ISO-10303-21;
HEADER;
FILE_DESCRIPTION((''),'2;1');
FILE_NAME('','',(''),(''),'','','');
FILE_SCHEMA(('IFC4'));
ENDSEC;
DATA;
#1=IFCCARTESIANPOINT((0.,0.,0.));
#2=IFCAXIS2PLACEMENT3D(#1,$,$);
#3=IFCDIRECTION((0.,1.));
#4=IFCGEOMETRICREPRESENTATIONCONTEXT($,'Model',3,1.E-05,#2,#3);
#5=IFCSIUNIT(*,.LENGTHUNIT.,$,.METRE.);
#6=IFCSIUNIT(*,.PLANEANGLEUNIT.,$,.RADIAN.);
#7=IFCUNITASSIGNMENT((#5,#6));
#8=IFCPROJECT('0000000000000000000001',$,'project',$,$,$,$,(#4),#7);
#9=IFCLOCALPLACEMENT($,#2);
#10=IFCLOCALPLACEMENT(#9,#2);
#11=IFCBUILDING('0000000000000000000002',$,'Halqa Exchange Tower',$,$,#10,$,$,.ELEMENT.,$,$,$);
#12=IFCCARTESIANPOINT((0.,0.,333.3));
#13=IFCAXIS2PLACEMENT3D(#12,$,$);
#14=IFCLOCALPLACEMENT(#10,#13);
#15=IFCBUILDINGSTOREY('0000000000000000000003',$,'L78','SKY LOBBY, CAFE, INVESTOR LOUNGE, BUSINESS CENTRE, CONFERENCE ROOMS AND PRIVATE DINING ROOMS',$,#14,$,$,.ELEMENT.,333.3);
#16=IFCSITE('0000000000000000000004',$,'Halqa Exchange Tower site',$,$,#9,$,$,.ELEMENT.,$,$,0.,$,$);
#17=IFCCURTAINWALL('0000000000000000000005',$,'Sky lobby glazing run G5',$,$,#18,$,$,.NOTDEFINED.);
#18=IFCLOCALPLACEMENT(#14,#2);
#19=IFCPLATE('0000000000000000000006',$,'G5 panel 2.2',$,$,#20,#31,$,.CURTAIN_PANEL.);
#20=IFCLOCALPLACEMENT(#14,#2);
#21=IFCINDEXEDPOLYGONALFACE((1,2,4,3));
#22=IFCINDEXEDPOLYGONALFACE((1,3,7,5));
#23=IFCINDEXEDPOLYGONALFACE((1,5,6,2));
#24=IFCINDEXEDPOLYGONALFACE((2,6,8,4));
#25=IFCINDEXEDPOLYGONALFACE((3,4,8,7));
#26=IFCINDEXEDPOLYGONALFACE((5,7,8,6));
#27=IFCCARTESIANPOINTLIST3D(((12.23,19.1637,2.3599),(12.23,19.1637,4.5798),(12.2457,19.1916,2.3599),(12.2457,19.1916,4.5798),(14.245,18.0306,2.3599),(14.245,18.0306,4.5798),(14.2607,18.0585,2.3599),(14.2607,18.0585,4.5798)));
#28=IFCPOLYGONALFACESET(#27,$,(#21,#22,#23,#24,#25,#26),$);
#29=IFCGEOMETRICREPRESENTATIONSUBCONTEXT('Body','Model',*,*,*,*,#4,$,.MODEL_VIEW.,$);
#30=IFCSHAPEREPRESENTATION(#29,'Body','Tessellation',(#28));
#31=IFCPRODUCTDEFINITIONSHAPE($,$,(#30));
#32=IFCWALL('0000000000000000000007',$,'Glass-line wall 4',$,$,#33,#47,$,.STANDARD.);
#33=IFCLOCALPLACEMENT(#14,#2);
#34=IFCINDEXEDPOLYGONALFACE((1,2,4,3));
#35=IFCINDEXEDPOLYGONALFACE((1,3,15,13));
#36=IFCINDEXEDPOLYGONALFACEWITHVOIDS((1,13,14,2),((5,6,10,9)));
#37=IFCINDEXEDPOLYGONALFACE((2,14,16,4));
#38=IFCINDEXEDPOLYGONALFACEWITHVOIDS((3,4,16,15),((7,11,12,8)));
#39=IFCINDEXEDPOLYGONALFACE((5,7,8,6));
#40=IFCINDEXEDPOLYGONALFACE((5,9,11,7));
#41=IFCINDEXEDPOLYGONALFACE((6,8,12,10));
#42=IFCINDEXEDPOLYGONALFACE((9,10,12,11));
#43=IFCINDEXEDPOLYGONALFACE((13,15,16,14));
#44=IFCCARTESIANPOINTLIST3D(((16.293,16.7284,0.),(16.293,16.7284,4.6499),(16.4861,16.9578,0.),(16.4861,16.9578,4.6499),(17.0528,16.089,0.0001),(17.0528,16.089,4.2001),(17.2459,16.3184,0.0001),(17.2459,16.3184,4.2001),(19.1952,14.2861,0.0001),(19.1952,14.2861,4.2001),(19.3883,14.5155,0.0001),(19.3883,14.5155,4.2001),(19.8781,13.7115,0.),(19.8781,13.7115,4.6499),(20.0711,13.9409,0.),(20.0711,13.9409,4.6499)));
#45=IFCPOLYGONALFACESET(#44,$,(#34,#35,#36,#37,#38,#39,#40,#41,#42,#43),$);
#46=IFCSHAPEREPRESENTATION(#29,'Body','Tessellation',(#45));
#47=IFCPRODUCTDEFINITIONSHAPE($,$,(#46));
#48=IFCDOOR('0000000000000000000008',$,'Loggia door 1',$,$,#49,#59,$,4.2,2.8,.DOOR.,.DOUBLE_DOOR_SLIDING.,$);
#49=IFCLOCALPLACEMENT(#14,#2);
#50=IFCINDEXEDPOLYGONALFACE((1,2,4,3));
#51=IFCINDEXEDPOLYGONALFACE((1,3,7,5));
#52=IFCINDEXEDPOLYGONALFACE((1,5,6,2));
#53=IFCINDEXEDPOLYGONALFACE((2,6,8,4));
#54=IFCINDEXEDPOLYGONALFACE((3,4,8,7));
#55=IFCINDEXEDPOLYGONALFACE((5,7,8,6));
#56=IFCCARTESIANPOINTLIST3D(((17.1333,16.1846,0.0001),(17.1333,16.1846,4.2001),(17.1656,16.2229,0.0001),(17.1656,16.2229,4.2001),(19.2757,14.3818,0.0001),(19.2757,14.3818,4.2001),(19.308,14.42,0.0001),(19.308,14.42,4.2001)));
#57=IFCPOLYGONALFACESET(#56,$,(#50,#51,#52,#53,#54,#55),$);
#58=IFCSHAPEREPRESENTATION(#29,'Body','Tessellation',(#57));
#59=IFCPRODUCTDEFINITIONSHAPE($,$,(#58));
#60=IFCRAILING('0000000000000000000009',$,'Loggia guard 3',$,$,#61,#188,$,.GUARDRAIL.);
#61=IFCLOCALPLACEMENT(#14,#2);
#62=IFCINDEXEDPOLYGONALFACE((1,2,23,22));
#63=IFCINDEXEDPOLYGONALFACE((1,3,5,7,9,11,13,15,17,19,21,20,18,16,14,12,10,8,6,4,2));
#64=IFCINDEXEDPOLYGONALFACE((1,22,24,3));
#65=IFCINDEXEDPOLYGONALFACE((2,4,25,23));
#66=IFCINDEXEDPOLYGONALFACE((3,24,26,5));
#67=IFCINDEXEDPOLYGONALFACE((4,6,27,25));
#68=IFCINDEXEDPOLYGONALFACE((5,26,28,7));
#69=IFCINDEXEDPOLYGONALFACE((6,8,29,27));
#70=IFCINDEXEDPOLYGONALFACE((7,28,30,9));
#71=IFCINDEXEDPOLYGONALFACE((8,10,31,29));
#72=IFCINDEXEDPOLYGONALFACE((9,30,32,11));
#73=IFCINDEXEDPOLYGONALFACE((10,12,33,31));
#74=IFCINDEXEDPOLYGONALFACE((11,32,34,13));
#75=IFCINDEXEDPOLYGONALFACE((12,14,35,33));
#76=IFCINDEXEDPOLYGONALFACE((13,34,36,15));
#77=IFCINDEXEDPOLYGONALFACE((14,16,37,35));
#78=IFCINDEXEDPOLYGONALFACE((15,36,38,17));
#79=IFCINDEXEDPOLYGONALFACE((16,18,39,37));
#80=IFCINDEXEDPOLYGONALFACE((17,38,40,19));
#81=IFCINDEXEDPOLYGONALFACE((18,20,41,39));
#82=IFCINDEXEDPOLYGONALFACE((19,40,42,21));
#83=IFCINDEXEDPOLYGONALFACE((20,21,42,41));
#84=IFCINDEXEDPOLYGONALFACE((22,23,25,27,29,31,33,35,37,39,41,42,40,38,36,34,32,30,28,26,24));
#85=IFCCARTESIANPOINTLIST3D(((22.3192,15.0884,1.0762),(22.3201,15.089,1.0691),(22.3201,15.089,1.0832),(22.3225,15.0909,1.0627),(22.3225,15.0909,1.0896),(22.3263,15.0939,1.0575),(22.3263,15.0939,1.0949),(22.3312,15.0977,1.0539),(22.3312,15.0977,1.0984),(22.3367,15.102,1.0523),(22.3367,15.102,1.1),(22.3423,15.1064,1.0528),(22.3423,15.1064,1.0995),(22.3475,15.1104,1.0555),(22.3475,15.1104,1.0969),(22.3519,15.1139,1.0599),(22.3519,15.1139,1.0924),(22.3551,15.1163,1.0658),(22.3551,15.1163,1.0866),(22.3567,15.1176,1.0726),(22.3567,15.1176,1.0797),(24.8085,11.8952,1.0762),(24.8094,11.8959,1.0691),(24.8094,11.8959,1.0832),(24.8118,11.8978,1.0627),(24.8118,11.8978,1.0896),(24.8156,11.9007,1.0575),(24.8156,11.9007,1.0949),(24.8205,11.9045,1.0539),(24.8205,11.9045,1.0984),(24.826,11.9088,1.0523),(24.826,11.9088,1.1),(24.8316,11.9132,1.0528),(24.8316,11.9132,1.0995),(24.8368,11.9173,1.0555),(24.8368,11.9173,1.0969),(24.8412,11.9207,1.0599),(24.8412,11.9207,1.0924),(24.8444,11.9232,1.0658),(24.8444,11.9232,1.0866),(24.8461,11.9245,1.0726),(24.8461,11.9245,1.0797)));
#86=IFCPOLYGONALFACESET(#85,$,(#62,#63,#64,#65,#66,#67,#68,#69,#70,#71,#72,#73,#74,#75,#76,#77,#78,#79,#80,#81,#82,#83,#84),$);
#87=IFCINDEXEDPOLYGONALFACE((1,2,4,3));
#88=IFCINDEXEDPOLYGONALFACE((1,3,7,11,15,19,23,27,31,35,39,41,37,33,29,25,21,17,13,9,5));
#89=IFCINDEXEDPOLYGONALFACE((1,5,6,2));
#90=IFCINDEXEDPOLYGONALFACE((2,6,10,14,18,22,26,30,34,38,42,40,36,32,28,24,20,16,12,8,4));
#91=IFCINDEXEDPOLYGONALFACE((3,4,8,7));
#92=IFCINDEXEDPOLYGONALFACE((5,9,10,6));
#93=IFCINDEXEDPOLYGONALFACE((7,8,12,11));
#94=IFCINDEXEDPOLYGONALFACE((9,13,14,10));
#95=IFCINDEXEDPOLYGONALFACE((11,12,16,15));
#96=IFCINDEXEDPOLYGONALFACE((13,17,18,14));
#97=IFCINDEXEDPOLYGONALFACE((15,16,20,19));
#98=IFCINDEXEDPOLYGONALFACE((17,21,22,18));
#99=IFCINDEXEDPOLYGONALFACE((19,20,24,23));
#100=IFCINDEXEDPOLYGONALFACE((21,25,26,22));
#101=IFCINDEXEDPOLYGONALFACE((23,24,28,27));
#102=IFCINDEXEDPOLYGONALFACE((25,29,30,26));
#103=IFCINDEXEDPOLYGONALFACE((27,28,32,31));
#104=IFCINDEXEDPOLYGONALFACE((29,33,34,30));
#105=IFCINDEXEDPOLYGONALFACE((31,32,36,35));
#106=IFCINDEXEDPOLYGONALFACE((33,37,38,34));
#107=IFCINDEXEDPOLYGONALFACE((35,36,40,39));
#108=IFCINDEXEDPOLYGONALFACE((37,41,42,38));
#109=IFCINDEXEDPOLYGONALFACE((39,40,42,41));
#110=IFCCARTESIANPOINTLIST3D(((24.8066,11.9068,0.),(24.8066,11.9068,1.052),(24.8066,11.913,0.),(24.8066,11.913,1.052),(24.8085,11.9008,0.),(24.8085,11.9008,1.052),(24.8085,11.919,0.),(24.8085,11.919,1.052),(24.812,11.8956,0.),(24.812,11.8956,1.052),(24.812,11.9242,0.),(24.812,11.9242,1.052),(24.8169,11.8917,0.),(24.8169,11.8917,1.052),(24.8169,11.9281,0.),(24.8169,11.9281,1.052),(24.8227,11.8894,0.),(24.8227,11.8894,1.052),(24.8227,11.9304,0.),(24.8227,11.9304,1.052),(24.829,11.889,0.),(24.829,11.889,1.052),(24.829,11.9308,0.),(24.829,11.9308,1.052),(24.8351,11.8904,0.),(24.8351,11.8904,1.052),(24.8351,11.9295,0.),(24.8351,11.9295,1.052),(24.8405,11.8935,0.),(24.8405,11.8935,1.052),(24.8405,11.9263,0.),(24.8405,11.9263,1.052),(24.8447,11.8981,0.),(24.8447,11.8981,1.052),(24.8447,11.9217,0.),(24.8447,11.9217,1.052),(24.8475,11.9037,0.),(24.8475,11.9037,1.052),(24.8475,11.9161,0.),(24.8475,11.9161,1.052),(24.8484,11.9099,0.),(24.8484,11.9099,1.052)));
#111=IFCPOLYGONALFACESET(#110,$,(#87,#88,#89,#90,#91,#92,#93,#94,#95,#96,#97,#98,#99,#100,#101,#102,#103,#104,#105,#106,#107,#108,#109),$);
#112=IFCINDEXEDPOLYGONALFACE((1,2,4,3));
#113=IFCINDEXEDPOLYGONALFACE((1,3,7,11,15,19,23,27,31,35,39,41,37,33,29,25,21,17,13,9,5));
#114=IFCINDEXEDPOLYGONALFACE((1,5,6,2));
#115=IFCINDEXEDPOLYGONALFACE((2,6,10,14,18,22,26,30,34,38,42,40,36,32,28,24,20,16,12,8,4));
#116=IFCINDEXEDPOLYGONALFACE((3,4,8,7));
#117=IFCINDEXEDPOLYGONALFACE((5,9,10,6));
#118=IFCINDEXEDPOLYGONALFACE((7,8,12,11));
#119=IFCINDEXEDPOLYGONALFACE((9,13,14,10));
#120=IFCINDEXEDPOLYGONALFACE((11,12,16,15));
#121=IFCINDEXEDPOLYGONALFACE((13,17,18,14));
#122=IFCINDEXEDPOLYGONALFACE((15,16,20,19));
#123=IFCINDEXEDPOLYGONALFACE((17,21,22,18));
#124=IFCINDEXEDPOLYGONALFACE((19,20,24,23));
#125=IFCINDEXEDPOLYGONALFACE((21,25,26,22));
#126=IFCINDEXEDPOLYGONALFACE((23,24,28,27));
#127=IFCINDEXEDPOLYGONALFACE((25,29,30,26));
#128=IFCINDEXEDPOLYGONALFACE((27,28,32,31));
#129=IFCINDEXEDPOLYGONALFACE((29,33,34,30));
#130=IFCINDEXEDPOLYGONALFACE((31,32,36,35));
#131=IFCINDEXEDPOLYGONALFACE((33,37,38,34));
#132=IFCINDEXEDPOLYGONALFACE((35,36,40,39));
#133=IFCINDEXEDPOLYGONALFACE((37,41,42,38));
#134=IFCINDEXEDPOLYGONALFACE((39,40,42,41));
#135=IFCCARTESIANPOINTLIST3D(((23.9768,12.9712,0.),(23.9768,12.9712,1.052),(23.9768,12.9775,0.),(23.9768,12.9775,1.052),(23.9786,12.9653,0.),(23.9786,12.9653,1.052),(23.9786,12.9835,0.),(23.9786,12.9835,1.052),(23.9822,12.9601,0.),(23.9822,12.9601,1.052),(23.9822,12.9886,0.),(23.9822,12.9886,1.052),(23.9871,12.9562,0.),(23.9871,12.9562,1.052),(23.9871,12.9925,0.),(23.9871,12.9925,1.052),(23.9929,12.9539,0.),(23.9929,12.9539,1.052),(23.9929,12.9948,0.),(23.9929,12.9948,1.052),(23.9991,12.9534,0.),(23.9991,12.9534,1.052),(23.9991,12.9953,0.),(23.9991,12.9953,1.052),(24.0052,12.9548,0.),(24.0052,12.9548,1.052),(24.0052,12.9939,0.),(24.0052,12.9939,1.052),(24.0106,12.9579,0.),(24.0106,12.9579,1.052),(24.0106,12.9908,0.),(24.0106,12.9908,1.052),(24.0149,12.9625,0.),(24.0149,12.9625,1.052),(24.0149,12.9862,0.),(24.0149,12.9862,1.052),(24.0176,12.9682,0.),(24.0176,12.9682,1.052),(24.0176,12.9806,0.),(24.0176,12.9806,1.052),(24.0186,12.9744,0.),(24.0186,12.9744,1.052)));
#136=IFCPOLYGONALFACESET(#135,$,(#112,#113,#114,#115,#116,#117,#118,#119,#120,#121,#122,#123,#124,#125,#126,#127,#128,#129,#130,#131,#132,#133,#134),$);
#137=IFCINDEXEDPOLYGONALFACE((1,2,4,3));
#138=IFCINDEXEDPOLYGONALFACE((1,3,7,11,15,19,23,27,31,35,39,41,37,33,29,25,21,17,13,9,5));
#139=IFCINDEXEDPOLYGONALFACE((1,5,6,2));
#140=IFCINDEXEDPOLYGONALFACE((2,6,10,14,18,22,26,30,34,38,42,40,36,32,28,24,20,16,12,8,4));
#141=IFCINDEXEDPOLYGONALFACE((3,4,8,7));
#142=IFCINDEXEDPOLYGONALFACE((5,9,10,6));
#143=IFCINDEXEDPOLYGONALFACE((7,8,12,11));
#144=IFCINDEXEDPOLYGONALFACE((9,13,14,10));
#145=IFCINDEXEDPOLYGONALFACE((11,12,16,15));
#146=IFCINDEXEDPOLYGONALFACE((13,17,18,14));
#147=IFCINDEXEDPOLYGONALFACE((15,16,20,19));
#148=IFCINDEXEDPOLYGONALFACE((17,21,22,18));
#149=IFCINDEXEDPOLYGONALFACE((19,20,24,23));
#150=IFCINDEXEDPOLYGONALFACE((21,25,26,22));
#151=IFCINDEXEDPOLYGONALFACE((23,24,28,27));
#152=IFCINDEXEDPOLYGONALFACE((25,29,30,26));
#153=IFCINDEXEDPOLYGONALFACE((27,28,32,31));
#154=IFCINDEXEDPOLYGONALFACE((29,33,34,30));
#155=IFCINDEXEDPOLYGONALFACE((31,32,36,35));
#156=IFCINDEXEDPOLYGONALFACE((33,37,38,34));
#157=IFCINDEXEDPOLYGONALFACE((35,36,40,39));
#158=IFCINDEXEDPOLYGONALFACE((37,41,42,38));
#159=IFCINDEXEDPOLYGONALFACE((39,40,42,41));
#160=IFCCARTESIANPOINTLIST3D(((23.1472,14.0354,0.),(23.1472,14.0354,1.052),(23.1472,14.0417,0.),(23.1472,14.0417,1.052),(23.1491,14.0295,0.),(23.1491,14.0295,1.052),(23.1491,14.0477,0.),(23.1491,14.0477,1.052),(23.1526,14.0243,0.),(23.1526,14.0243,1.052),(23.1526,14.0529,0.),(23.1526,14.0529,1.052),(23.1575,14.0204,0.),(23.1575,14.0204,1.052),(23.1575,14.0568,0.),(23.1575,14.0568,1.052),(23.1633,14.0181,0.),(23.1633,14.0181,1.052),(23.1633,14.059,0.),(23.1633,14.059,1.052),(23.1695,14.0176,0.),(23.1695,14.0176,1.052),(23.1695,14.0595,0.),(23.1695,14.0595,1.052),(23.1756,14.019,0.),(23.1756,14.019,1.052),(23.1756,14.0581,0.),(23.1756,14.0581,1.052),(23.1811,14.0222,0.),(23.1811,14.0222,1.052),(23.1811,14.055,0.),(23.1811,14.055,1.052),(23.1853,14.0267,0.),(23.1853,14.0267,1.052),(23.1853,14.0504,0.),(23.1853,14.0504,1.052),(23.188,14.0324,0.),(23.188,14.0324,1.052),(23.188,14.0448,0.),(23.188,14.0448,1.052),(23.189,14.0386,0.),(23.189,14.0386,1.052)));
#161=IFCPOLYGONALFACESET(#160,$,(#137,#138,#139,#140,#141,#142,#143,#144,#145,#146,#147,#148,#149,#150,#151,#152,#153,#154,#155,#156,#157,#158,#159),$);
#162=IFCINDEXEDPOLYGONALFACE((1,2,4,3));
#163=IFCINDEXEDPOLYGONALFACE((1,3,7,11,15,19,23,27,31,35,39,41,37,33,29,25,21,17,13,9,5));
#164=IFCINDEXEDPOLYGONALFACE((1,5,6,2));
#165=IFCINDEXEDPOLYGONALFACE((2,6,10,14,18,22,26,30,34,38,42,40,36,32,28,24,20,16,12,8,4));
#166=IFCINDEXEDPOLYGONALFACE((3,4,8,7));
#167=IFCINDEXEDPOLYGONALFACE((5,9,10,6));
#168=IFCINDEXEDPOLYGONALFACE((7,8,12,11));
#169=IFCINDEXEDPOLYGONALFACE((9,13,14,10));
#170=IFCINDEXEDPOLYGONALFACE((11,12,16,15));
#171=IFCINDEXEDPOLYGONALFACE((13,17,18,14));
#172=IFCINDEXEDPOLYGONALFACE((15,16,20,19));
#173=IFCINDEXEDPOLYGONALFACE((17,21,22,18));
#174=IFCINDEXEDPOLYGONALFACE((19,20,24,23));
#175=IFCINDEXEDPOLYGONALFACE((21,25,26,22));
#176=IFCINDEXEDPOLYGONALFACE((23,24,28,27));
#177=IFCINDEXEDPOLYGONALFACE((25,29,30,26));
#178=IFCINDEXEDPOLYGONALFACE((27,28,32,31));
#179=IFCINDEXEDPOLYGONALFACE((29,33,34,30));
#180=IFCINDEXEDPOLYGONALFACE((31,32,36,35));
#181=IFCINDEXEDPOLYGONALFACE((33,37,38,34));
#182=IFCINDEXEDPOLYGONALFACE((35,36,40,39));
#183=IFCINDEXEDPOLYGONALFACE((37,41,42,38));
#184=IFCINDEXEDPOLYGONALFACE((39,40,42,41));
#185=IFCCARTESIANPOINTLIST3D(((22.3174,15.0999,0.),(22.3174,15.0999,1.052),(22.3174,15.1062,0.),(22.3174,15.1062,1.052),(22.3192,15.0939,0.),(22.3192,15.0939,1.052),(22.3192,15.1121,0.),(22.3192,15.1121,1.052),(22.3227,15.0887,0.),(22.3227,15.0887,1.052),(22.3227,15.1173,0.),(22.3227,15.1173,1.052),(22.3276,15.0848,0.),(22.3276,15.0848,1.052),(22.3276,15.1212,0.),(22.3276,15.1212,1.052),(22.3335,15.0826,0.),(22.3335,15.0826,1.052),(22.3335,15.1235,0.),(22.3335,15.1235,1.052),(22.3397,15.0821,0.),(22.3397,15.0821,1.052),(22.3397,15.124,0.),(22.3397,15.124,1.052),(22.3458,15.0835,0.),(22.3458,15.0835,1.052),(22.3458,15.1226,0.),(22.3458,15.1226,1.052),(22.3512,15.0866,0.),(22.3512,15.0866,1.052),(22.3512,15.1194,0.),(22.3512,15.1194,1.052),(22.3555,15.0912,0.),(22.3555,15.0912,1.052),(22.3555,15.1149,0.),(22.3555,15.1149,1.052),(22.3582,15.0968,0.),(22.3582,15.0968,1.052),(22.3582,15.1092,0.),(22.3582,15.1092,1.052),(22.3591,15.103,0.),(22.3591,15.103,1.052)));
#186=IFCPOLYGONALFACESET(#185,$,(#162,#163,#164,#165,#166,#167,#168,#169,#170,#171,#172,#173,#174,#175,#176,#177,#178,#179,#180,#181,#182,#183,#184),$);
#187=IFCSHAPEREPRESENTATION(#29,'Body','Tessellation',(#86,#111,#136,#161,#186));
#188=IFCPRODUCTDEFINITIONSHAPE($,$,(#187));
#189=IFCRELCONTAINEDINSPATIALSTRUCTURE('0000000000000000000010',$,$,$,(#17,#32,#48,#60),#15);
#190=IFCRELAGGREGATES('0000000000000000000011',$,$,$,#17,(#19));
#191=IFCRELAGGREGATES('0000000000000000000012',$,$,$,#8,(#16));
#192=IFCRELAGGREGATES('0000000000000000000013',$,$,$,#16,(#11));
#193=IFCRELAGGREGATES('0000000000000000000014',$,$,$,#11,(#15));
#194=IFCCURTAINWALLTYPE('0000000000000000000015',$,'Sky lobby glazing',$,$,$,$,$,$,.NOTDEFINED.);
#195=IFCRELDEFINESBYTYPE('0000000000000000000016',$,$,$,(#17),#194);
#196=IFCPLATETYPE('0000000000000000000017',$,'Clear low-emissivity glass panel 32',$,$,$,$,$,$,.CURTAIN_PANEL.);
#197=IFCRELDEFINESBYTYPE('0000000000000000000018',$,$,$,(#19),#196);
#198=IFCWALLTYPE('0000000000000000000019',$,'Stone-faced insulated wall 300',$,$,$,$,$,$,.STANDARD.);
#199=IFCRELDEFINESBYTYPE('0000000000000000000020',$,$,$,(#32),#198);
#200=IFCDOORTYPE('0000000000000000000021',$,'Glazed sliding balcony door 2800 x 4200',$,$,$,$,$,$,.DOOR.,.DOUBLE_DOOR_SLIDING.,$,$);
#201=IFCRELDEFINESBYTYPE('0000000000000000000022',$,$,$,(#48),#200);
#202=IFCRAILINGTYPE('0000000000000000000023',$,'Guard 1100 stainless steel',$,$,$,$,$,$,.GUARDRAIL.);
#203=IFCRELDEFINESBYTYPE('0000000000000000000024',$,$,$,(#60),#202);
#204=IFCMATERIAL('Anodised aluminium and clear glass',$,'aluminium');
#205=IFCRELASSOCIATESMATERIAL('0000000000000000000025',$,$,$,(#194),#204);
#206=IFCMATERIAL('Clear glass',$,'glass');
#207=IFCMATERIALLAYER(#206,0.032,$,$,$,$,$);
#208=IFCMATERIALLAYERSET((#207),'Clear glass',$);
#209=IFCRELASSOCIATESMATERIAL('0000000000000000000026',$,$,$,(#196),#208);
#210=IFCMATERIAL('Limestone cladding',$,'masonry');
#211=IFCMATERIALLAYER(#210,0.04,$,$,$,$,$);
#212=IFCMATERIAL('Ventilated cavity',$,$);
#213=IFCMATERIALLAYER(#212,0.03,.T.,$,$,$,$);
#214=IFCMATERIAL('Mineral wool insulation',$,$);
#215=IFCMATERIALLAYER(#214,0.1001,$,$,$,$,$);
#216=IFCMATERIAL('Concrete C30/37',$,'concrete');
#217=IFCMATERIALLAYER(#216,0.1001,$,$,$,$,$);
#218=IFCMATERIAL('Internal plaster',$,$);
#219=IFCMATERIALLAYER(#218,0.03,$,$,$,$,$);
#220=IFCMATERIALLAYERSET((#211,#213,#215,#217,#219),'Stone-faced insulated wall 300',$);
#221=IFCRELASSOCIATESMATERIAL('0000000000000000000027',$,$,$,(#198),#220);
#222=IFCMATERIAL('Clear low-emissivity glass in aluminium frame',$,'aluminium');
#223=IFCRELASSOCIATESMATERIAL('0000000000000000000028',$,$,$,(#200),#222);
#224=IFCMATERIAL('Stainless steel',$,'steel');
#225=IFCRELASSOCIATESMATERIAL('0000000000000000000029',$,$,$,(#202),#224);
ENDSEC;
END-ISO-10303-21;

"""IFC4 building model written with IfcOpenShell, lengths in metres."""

from ifc_helpers import new_model, si_unit, direction, frame, frame_2d, origin, origin_2d, place, context, subcontext, project, spatial, polyline, rectangle, circle, outline, extrude, material, layer, layer_set, type_object, element, fill, aggregate, save


model = new_model("IFC4")

# Units and contexts
model_context = context("Model", 3, precision=1e-05, world=origin(), true_north=direction((0.0, 1.0)))
body_context = subcontext(model_context, "Body", "Model", "MODEL_VIEW")
ifc_project = project(units=[si_unit("LENGTHUNIT", "METRE"), si_unit("PLANEANGLEUNIT", "RADIAN")], contexts=[model_context])

# Site, building, storey
site_placement = place(None, origin())
site = spatial("IfcSite", under=ifc_project, at=site_placement, Name="Halqa Exchange Tower site", CompositionType="ELEMENT", RefElevation=0.0)
building_placement = place(site_placement, origin())
building = spatial("IfcBuilding", under=site, at=building_placement, Name="Halqa Exchange Tower", CompositionType="ELEMENT")
storey_placement = place(building_placement, frame((0.0, 0.0, 333.3)))
storey = spatial("IfcBuildingStorey", under=building, at=storey_placement, Name="L78", Description="SKY LOBBY, CAFE, INVESTOR LOUNGE, BUSINESS CENTRE, CONFERENCE ROOMS AND PRIVATE DINING ROOMS", CompositionType="ELEMENT", Elevation=333.3)

# Curtain wall
ifc_material_1 = material(Name="Anodised aluminium and clear glass", Category="aluminium")
curtain_wall_type = type_object("IfcCurtainWallType", Name="Sky lobby glazing", PredefinedType="NOTDEFINED", material=ifc_material_1)
curtain_wall_1_placement = place(storey_placement, origin())
curtain_wall_1 = element("IfcCurtainWall", 1, at=curtain_wall_1_placement, inside=storey, type_object=curtain_wall_type, Name="Sky lobby glazing run G5", PredefinedType="NOTDEFINED")

# Plate
ifc_material_2 = material(Name="Clear glass", Category="glass")
ifc_layer_1 = layer(ifc_material_2, 0.032)
ifc_layer_set_1 = layer_set([ifc_layer_1], Name="Clear glass")
plate_type = type_object("IfcPlateType", Name="Clear low-emissivity glass panel 32", PredefinedType="CURTAIN_PANEL", material=ifc_layer_set_1)
plate_1_placement = place(storey_placement, frame((13.2454, 18.6111, 2.3599), z_axis=(0.0, 0.0, 1.0), x_axis=(-0.871634, 0.490158, 0.0)))
plate_1 = element("IfcPlate", 2, at=plate_1_placement, type_object=plate_type, Name="G5 panel 2.2", PredefinedType="CURTAIN_PANEL", context=body_context, shape_type="SweptSolid", body=[
    extrude(rectangle(XDim=2.3118, YDim=0.032, at=origin_2d()), origin(), (0.0, 0.0, 1.0), 2.22),
])
aggregate(curtain_wall_1, [plate_1])

# Wall, opening, door
ifc_material_3 = material(Name="Limestone cladding", Category="masonry")
ifc_layer_2 = layer(ifc_material_3, 0.04)
ifc_material_4 = material(Name="Ventilated cavity")
ifc_layer_3 = layer(ifc_material_4, 0.03, ventilated=True)
ifc_material_5 = material(Name="Mineral wool insulation")
ifc_layer_4 = layer(ifc_material_5, 0.1001)
ifc_material_6 = material(Name="Concrete C30/37", Category="concrete")
ifc_layer_5 = layer(ifc_material_6, 0.1001)
ifc_material_7 = material(Name="Internal plaster")
ifc_layer_6 = layer(ifc_material_7, 0.03)
ifc_layer_set_2 = layer_set([ifc_layer_2, ifc_layer_3, ifc_layer_4, ifc_layer_5, ifc_layer_6], Name="Stone-faced insulated wall 300")
wall_type_1 = type_object("IfcWallType", Name="Stone-faced insulated wall 300", PredefinedType="STANDARD", material=ifc_layer_set_2)
wall_1_placement = place(storey_placement, frame((19.9746, 13.8262, 0.0), z_axis=(0.0, 0.0, 1.0), x_axis=(-0.765129, 0.643877, 0.0)))
wall_1 = element("IfcWall", 3, at=wall_1_placement, inside=storey, type_object=wall_type_1, Name="Glass-line wall 4", PredefinedType="STANDARD", context=body_context, shape_type="SweptSolid", body=[
    extrude(outline(polyline([(0.0, -0.1499), (4.6855, -0.1499), (4.6855, 0.1499), (0.0, 0.1499), (0.0, -0.1499)])), origin(), (0.0, 0.0, 1.0), 4.6499),
])
opening_1_placement = place(wall_1_placement, frame((0.8926, 0.0, 0.0)))
opening_1 = element("IfcOpeningElement", 4, at=opening_1_placement, cuts=wall_1, PredefinedType="OPENING", context=body_context, shape_type="SweptSolid", body=[
    extrude(rectangle(XDim=2.8, YDim=4.2, at=frame_2d((1.3999, 2.1001))), frame((0.0, 0.1621, 0.0), z_axis=(0.0, -1.0, 0.0), x_axis=(1.0, 0.0, 0.0)), (0.0, 0.0, 1.0), 0.324),
])
ifc_material_8 = material(Name="Clear low-emissivity glass in aluminium frame", Category="aluminium")
door_type_1 = type_object("IfcDoorType", Name="Glazed sliding balcony door 2800 x 4200", OperationType="DOUBLE_DOOR_SLIDING", PredefinedType="DOOR", material=ifc_material_8)
door_1_placement = place(opening_1_placement, origin())
door_1 = element("IfcDoor", 5, at=door_1_placement, inside=storey, type_object=door_type_1, Name="Loggia door 1", OperationType="DOUBLE_DOOR_SLIDING", OverallHeight=4.2, OverallWidth=2.8, PredefinedType="DOOR", context=body_context, shape_type="SweptSolid", body=[
    extrude(rectangle(XDim=2.8, YDim=4.2, at=frame_2d((1.3999, 2.1001))), frame((0.0, 0.0249, 0.0), z_axis=(0.0, -1.0, 0.0), x_axis=(1.0, 0.0, 0.0)), (0.0, 0.0, 1.0), 0.05),
])
fill(opening_1, door_1)

# Railing
ifc_material_9 = material(Name="Stainless steel", Category="steel")
railing_type = type_object("IfcRailingType", Name="Guard 1100 stainless steel", PredefinedType="GUARDRAIL", material=ifc_material_9)
railing_1_placement = place(storey_placement, frame((24.8274, 11.9099, 0.0)))
element("IfcRailing", 6, at=railing_1_placement, inside=storey, type_object=railing_type, Name="Loggia guard 3", PredefinedType="GUARDRAIL", context=body_context, shape_type="SweptSolid", body=[
    extrude(circle(Radius=0.0239, at=origin_2d()), frame((0.0, 0.0, 1.0762), z_axis=(-0.614821, 0.788667, 0.0), x_axis=(-0.788667, -0.614821, 0.0)), (0.0, 0.0, 1.0), 4.0488),
    extrude(circle(Radius=0.021, at=origin_2d()), origin(), (0.0, 0.0, 1.0), 1.052),
    extrude(circle(Radius=0.021, at=origin_2d()), frame((-0.8298, 1.0645, 0.0)), (0.0, 0.0, 1.0), 1.052),
    extrude(circle(Radius=0.021, at=origin_2d()), frame((-1.6594, 2.1287, 0.0)), (0.0, 0.0, 1.0), 1.052),
    extrude(circle(Radius=0.021, at=origin_2d()), frame((-2.4893, 3.1931, 0.0)), (0.0, 0.0, 1.0), 1.052),
])

save(model, "model.ifc")
